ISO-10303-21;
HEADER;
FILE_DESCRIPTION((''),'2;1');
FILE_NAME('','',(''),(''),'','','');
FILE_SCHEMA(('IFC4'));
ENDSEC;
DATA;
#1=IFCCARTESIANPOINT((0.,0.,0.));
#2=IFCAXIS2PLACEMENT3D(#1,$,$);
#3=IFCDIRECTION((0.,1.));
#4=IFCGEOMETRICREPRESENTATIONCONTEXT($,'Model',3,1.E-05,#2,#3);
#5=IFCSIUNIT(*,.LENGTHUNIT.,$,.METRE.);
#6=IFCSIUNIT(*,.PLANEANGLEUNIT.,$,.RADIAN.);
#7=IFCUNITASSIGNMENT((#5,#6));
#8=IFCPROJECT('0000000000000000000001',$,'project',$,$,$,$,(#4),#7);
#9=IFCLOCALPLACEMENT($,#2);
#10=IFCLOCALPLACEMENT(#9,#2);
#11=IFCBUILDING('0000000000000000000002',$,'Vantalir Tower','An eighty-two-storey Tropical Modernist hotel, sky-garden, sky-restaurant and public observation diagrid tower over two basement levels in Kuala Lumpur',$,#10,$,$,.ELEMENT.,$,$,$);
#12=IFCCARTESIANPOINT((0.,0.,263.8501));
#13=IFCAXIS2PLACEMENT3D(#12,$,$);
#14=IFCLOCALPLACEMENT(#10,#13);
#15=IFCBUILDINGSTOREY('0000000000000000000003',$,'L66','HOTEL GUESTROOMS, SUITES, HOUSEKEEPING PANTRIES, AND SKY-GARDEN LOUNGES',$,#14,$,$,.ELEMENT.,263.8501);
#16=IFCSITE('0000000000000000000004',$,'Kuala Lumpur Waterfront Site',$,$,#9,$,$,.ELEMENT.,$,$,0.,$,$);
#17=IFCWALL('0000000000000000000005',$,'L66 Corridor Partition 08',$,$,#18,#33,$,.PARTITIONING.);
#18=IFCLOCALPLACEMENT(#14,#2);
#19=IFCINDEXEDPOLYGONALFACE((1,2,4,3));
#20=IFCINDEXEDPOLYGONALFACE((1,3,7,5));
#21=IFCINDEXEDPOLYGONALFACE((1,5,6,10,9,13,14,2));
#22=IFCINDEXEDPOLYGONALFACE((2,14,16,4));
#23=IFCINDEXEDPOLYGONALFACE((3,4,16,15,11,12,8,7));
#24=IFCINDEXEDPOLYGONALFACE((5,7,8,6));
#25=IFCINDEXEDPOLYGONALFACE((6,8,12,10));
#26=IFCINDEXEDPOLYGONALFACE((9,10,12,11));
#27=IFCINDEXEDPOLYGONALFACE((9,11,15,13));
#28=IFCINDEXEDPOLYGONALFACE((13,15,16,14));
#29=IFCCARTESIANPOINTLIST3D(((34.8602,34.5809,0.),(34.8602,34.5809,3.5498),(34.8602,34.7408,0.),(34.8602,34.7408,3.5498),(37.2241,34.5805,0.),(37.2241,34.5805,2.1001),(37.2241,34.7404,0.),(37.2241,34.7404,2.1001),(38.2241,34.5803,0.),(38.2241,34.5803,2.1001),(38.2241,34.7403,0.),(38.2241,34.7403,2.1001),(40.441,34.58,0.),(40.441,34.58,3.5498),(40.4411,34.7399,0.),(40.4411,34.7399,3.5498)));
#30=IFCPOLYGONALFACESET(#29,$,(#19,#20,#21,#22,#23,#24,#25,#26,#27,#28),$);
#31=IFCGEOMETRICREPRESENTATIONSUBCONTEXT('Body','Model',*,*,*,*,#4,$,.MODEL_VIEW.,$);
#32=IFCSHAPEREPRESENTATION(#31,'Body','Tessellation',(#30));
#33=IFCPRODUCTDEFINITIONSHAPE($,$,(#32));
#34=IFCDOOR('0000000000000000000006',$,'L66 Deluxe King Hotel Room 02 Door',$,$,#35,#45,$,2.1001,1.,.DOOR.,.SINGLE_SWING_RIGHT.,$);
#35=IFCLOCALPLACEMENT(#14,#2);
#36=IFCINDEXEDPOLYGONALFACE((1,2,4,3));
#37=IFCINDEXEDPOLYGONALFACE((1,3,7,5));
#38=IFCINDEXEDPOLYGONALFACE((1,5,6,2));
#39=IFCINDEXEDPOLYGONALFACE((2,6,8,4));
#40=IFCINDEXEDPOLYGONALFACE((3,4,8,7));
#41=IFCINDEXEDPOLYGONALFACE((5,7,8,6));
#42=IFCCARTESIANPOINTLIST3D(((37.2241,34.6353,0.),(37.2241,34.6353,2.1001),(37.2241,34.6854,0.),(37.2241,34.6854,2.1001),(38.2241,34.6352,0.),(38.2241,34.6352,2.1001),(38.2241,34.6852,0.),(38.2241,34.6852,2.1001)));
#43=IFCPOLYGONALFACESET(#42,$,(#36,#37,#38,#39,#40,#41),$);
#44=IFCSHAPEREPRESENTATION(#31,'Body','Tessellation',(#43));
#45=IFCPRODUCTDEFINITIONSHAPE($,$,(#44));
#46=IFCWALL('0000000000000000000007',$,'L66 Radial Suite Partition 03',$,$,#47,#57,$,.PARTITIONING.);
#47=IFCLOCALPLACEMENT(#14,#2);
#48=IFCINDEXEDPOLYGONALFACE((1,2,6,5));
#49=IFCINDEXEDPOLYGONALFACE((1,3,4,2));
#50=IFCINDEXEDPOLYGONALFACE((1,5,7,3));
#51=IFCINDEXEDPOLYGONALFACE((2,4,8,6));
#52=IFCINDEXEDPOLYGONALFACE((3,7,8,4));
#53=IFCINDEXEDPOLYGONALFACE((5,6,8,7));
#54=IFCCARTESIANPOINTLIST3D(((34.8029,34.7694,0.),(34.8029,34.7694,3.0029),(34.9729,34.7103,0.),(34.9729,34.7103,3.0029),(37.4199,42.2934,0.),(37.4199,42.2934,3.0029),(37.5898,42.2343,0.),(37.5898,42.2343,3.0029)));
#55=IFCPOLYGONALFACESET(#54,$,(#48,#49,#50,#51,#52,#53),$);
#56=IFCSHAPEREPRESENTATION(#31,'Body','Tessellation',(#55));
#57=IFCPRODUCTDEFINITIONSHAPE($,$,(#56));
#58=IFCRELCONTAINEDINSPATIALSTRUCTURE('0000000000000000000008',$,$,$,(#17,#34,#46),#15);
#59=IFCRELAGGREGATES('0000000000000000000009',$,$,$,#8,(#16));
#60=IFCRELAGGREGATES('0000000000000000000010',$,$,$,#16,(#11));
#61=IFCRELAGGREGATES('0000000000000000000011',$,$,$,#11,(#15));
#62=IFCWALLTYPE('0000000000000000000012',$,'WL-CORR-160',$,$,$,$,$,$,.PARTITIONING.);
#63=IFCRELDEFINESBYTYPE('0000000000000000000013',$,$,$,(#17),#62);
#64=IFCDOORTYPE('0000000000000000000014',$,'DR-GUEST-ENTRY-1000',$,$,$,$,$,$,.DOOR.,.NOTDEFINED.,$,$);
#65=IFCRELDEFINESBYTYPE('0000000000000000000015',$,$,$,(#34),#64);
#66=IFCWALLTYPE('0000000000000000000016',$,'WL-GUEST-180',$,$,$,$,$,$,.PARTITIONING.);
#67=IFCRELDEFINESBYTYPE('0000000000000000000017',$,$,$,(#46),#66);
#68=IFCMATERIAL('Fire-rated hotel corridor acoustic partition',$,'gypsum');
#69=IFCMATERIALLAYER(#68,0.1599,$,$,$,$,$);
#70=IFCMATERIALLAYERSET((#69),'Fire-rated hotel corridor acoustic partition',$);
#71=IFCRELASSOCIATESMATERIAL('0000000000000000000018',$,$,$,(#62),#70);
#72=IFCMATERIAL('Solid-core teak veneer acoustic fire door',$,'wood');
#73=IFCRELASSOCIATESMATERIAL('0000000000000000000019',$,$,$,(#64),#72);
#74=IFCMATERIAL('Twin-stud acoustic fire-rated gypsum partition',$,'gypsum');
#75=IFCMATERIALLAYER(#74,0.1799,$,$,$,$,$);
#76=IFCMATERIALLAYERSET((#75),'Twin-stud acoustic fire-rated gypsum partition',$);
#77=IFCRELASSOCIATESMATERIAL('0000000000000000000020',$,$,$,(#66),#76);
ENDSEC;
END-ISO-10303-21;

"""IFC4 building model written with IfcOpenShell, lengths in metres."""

from ifc_helpers import new_model, si_unit, direction, frame, frame_2d, origin, place, context, subcontext, project, spatial, rectangle, extrude, material, layer, layer_set, type_object, element, fill, save


model = new_model("IFC4")

# Units and contexts
model_context = context("Model", 3, precision=1e-05, world=origin(), true_north=direction((0.0, 1.0)))
body_context = subcontext(model_context, "Body", "Model", "MODEL_VIEW")
ifc_project = project(units=[si_unit("LENGTHUNIT", "METRE"), si_unit("PLANEANGLEUNIT", "RADIAN")], contexts=[model_context])

# Site, building, storey
site_placement = place(None, origin())
site = spatial("IfcSite", under=ifc_project, at=site_placement, Name="Kuala Lumpur Waterfront Site", CompositionType="ELEMENT", RefElevation=0.0)
building_placement = place(site_placement, origin())
building = spatial("IfcBuilding", under=site, at=building_placement, Name="Vantalir Tower", Description="An eighty-two-storey Tropical Modernist hotel, sky-garden, sky-restaurant and public observation diagrid tower over two basement levels in Kuala Lumpur", CompositionType="ELEMENT")
storey_placement = place(building_placement, frame((0.0, 0.0, 263.8501)))
storey = spatial("IfcBuildingStorey", under=building, at=storey_placement, Name="L66", Description="HOTEL GUESTROOMS, SUITES, HOUSEKEEPING PANTRIES, AND SKY-GARDEN LOUNGES", CompositionType="ELEMENT", Elevation=263.8501)

# Wall, opening, door
ifc_material_1 = material(Name="Fire-rated hotel corridor acoustic partition", Category="gypsum")
ifc_layer_1 = layer(ifc_material_1, 0.1599)
ifc_layer_set_1 = layer_set([ifc_layer_1], Name="Fire-rated hotel corridor acoustic partition")
wall_type_1 = type_object("IfcWallType", Name="WL-CORR-160", PredefinedType="PARTITIONING", material=ifc_layer_set_1)
wall_1_placement = place(storey_placement, frame((34.8601, 34.6609, 0.0), z_axis=(0.0, 0.0, 1.0), x_axis=(1.0, -0.000175, 0.0)))
wall_1 = element("IfcWall", 1, at=wall_1_placement, inside=storey, type_object=wall_type_1, Name="L66 Corridor Partition 08", PredefinedType="PARTITIONING", context=body_context, shape_type="SweptSolid", body=[
    extrude(rectangle(XDim=5.5808, YDim=0.1599, at=frame_2d((2.7905, 0.0))), origin(), (0.0, 0.0, 1.0), 3.5498),
])
opening_1_placement = place(wall_1_placement, frame((2.364, 0.0, 0.0)))
opening_1 = element("IfcOpeningElement", 2, at=opening_1_placement, cuts=wall_1, PredefinedType="OPENING", context=body_context, shape_type="SweptSolid", body=[
    extrude(rectangle(XDim=1.0, YDim=2.1001, at=frame_2d((0.5, 1.05))), frame((0.0, 0.0898, 0.0), z_axis=(0.0, -1.0, 0.0), x_axis=(1.0, 0.0, 0.0)), (0.0, 0.0, 1.0), 0.1799),
])
ifc_material_2 = material(Name="Solid-core teak veneer acoustic fire door", Category="wood")
door_type_1 = type_object("IfcDoorType", Name="DR-GUEST-ENTRY-1000", OperationType="NOTDEFINED", PredefinedType="DOOR", material=ifc_material_2)
door_1_placement = place(opening_1_placement, origin())
door_1 = element("IfcDoor", 3, at=door_1_placement, inside=storey, type_object=door_type_1, Name="L66 Deluxe King Hotel Room 02 Door", OperationType="SINGLE_SWING_RIGHT", OverallHeight=2.1001, OverallWidth=1.0, PredefinedType="DOOR", context=body_context, shape_type="SweptSolid", body=[
    extrude(rectangle(XDim=1.0, YDim=2.1001, at=frame_2d((0.5, 1.05))), frame((0.0, 0.0249, 0.0), z_axis=(0.0, -1.0, 0.0), x_axis=(1.0, 0.0, 0.0)), (0.0, 0.0, 1.0), 0.05),
])
fill(opening_1, door_1)

# Wall
ifc_material_3 = material(Name="Twin-stud acoustic fire-rated gypsum partition", Category="gypsum")
ifc_layer_2 = layer(ifc_material_3, 0.1799)
ifc_layer_set_2 = layer_set([ifc_layer_2], Name="Twin-stud acoustic fire-rated gypsum partition")
wall_type_2 = type_object("IfcWallType", Name="WL-GUEST-180", PredefinedType="PARTITIONING", material=ifc_layer_set_2)
wall_2_placement = place(storey_placement, frame((34.8879, 34.74, 0.0), z_axis=(0.0, 0.0, 1.0), x_axis=(0.328512, 0.9445, 0.0)))
element("IfcWall", 4, at=wall_2_placement, inside=storey, type_object=wall_type_2, Name="L66 Radial Suite Partition 03", PredefinedType="PARTITIONING", context=body_context, shape_type="SweptSolid", body=[
    extrude(rectangle(XDim=7.9661, YDim=0.1799, at=frame_2d((3.9829, 0.0))), origin(), (0.0, 0.0, 1.0), 3.0029),
])

save(model, "model.ifc")
